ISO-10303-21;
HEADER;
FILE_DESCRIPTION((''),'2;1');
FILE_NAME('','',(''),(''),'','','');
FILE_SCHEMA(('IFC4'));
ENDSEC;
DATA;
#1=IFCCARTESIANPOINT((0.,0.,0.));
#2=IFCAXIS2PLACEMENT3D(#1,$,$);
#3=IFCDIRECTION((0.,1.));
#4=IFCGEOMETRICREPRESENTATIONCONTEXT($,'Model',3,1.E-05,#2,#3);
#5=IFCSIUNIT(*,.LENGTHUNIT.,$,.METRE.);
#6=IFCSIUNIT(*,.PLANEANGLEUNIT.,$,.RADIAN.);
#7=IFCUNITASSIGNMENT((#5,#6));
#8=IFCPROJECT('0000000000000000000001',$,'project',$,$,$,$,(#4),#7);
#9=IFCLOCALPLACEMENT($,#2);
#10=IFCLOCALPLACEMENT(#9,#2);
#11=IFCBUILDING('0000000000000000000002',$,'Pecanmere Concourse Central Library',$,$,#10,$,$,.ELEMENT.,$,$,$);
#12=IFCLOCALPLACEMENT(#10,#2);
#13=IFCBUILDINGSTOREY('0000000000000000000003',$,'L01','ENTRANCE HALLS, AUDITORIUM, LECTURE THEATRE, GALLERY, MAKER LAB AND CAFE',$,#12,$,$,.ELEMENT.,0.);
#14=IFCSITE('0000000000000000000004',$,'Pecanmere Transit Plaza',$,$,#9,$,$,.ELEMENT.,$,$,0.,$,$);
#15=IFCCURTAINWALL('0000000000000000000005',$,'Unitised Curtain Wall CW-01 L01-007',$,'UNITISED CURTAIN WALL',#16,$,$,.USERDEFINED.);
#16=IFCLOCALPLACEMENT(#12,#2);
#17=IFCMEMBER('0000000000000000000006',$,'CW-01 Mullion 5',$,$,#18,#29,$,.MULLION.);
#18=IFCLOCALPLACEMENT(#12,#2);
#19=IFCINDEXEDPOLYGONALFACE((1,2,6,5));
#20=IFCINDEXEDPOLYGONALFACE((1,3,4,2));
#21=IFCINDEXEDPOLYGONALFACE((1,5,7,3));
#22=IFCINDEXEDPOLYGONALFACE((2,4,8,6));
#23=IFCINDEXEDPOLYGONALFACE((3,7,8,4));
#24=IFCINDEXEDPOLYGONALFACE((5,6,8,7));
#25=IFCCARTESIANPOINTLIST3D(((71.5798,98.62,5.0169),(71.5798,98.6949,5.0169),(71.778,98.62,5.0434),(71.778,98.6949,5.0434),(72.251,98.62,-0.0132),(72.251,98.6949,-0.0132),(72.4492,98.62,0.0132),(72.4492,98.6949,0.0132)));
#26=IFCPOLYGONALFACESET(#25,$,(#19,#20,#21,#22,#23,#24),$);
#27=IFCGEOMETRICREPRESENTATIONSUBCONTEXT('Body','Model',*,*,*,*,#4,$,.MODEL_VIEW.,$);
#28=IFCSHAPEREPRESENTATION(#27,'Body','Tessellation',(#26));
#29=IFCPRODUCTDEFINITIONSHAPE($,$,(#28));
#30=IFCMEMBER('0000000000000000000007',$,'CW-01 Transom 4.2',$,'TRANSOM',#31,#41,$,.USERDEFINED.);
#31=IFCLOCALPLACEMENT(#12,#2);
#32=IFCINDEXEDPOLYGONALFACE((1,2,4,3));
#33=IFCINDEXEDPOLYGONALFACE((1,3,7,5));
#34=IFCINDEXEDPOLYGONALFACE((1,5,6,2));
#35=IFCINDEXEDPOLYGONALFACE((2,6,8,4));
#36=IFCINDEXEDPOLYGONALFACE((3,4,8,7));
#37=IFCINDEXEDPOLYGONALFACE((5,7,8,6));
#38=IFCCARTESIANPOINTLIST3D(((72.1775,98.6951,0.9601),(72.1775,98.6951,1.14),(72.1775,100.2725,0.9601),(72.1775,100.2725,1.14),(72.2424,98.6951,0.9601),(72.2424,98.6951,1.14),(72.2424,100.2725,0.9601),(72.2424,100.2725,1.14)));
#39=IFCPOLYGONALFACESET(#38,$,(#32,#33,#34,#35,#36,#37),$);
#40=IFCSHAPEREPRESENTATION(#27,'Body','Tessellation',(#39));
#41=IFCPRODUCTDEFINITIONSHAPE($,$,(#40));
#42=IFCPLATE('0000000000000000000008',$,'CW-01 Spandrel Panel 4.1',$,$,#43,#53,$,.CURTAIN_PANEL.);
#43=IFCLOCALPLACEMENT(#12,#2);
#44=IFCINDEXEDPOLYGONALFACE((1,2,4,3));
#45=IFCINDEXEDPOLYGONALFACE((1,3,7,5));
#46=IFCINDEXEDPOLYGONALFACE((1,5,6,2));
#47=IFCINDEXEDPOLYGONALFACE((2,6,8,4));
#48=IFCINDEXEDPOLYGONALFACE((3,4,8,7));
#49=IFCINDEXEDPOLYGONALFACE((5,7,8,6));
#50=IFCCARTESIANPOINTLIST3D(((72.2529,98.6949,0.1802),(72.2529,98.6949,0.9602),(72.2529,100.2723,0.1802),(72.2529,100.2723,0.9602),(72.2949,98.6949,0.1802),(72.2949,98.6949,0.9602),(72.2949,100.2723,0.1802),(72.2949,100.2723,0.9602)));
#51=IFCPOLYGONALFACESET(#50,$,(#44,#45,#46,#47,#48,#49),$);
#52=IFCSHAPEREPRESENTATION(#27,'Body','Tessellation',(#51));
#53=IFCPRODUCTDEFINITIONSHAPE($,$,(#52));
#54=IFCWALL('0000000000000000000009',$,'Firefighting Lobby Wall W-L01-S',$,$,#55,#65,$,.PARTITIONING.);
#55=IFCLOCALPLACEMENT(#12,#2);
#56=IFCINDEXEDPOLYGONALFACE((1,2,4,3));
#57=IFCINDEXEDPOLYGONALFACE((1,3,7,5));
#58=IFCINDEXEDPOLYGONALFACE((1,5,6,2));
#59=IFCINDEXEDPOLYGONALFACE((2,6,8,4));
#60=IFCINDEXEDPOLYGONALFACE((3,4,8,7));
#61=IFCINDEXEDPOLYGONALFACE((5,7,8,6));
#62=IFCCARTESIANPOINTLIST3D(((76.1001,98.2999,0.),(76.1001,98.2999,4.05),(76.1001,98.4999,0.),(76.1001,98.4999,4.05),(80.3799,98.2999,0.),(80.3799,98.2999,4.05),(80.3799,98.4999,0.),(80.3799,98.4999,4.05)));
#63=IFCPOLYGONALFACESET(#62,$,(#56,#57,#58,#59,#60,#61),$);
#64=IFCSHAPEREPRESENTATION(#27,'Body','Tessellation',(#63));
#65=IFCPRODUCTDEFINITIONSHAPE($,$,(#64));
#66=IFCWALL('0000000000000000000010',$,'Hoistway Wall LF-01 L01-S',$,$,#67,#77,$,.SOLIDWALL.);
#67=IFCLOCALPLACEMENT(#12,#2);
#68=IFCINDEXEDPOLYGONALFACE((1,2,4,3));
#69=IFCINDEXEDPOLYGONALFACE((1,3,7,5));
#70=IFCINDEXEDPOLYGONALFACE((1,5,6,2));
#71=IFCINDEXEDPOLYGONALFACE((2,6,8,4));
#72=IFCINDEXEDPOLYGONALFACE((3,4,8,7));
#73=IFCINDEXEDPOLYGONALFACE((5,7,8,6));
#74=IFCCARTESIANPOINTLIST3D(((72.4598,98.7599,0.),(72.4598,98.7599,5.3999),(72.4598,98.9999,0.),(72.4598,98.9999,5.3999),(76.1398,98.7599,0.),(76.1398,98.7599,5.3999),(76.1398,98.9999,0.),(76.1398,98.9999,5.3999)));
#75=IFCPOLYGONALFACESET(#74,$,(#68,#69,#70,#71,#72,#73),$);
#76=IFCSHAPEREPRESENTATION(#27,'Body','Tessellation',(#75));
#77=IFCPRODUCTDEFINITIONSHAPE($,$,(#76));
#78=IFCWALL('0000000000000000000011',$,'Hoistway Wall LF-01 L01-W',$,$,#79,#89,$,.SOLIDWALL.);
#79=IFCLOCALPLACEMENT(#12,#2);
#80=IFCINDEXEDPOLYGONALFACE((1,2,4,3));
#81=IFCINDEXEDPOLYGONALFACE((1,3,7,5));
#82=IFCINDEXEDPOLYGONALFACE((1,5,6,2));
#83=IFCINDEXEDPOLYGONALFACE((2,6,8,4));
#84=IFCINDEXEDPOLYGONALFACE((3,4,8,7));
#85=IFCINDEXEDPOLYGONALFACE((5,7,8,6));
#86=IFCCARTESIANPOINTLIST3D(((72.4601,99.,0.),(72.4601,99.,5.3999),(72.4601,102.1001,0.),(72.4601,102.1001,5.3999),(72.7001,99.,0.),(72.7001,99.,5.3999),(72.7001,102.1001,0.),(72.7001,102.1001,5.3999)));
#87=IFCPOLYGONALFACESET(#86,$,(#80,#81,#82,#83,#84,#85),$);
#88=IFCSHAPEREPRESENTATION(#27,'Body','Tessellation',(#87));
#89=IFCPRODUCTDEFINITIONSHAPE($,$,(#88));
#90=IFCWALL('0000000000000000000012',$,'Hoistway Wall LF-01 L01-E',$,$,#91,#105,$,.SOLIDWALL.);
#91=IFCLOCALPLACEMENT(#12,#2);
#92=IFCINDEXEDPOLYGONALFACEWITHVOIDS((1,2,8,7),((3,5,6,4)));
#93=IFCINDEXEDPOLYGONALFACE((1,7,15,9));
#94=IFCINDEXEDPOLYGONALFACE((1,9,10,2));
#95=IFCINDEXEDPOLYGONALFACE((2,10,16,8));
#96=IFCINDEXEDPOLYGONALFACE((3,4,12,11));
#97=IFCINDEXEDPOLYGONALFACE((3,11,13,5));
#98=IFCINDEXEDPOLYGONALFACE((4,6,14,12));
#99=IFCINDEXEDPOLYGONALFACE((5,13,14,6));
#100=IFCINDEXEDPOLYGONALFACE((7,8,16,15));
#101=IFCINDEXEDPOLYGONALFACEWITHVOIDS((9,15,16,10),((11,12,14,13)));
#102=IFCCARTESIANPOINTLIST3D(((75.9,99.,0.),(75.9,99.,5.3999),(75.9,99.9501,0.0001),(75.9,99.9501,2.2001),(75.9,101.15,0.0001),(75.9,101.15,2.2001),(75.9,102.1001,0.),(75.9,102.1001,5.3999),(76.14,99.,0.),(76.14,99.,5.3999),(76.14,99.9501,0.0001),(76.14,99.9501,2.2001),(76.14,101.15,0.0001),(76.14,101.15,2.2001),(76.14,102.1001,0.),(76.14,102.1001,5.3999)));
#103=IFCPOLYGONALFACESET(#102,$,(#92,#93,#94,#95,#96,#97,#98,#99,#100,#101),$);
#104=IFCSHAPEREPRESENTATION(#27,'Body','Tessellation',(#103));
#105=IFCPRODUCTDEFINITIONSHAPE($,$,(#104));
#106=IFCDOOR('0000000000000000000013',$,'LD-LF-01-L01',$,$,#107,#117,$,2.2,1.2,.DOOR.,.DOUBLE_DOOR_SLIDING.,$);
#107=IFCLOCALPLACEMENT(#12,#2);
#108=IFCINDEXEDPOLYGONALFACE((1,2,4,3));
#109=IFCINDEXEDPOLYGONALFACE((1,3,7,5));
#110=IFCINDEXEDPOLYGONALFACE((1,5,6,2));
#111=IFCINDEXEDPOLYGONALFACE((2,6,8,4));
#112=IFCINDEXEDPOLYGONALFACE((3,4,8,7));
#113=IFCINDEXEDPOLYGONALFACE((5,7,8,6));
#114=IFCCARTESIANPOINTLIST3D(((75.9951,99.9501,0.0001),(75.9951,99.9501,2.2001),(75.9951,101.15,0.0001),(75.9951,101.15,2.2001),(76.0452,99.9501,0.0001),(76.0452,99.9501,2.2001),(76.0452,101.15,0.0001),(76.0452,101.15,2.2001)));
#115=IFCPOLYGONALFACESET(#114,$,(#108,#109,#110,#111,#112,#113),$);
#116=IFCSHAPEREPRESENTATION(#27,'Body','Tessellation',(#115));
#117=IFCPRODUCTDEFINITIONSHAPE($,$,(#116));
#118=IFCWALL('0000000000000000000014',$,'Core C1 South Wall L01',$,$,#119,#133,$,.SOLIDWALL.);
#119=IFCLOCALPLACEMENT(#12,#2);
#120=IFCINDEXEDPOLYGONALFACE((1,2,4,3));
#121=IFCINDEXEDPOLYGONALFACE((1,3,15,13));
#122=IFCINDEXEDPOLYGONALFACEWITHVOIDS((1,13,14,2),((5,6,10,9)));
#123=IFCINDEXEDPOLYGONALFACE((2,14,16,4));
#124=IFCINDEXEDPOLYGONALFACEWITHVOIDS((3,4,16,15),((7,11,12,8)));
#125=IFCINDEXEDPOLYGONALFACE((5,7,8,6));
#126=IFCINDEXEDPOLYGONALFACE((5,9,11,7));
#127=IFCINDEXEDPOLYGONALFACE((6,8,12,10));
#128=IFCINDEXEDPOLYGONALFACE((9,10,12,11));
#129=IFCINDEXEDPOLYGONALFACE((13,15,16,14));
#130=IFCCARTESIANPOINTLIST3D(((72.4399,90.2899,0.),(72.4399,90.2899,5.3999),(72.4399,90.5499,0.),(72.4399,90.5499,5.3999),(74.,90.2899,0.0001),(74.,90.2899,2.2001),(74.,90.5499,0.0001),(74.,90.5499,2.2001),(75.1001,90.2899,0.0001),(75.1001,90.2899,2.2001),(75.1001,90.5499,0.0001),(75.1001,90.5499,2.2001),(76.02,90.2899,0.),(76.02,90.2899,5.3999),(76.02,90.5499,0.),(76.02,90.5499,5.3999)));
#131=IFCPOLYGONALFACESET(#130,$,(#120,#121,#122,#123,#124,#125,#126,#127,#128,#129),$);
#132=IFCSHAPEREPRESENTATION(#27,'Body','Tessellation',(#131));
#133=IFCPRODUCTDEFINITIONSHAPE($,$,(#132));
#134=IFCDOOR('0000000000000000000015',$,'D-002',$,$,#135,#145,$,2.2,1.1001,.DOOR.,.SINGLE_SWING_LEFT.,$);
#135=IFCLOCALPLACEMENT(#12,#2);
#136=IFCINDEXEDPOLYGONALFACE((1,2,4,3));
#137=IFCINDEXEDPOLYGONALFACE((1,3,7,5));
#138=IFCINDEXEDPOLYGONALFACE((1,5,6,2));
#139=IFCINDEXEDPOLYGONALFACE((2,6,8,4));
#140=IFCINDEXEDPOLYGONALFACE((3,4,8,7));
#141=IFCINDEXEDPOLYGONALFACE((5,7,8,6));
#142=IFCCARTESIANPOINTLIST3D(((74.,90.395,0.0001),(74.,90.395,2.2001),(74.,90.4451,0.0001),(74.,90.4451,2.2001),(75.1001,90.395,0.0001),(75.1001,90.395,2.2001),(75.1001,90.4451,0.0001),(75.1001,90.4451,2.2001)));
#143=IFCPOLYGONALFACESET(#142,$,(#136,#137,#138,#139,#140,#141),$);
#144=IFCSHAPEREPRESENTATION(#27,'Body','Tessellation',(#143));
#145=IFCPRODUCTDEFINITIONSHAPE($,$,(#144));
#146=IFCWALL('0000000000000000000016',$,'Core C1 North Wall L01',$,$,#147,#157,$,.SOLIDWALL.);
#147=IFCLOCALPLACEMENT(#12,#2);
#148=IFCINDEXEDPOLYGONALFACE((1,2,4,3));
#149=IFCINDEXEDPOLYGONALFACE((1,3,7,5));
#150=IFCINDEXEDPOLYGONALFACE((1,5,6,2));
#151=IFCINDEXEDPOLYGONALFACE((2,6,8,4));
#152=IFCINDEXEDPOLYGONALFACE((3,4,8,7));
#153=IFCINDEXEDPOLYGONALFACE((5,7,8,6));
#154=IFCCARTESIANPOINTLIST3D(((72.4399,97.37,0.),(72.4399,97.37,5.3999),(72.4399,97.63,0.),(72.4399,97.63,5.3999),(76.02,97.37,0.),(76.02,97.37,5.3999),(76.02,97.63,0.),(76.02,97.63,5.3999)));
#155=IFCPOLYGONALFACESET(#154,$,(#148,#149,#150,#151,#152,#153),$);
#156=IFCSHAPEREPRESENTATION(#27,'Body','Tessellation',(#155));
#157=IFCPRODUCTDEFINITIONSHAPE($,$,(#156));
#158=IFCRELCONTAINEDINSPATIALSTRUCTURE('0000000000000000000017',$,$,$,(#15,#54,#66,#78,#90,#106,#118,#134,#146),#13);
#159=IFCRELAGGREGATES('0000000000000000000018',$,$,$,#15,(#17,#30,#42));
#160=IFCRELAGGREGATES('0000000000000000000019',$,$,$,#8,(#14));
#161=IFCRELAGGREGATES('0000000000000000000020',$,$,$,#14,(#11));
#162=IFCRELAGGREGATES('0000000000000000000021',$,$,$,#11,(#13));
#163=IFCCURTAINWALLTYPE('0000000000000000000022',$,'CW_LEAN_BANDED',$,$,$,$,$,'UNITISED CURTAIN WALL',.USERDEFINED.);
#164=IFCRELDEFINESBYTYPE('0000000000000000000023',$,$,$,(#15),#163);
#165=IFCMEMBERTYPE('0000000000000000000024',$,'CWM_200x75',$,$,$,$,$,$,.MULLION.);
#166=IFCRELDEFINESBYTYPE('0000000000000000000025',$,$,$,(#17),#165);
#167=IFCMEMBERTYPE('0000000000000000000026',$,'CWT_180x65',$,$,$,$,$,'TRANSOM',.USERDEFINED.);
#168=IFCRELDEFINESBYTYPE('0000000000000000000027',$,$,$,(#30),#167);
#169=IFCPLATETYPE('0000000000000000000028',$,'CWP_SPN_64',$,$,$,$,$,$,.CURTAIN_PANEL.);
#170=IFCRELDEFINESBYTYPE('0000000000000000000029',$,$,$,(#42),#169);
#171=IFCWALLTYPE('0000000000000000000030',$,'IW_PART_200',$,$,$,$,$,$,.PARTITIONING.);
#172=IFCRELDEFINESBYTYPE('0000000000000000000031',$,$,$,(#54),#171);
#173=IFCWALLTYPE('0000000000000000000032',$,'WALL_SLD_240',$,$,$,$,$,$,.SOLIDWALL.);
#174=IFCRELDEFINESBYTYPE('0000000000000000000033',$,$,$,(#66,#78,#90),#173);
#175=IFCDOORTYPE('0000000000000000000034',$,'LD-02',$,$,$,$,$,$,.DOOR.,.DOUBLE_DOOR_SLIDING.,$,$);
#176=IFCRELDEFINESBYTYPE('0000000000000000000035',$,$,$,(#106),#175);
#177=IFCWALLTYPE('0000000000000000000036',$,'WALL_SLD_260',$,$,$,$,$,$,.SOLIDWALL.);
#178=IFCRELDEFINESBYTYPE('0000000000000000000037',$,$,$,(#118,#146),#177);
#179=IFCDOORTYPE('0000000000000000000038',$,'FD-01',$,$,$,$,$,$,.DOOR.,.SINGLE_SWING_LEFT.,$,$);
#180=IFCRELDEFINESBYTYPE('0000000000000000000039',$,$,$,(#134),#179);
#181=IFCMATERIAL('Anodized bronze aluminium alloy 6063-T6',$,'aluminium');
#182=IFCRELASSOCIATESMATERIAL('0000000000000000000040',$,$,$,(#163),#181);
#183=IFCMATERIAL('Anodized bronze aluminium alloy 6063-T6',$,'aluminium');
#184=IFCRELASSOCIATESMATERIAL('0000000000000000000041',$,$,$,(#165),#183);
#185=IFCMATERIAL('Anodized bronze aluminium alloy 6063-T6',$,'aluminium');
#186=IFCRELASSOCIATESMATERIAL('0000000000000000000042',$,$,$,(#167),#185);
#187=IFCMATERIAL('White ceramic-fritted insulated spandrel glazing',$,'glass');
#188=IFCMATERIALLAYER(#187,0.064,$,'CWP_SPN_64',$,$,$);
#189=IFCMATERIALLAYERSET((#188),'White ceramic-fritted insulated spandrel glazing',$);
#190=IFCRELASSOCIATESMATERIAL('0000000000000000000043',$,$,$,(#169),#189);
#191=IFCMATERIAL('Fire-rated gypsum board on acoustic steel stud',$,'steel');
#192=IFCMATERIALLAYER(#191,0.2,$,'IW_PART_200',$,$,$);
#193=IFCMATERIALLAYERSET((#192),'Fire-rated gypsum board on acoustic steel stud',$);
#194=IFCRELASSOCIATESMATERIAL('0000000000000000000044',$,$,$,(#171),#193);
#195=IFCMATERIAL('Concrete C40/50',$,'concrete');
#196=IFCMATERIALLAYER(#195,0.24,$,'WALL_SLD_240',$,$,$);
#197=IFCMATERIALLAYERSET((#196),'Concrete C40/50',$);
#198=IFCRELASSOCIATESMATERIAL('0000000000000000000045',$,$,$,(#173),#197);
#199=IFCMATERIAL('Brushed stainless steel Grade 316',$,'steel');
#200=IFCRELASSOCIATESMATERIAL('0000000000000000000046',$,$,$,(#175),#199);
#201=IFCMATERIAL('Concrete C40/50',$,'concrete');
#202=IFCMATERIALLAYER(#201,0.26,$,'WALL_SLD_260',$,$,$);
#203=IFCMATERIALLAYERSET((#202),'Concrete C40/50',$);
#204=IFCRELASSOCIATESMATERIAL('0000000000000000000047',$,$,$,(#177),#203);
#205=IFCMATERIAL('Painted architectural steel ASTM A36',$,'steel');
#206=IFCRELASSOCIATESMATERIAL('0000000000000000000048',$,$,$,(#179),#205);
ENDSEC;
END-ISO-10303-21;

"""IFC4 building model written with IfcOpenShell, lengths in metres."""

from ifc_helpers import new_model, si_unit, direction, frame, frame_2d, origin, origin_2d, place, context, subcontext, project, spatial, rectangle, extrude, material, layer, layer_set, material_profile, profile_set, type_object, element, fill, aggregate, save


model = new_model("IFC4")

# Units and contexts
model_context = context("Model", 3, precision=1e-05, world=origin(), true_north=direction((0.0, 1.0)))
body_context = subcontext(model_context, "Body", "Model", "MODEL_VIEW")
ifc_project = project(units=[si_unit("LENGTHUNIT", "METRE"), si_unit("PLANEANGLEUNIT", "RADIAN")], contexts=[model_context])

# Site, building, storey
site_placement = place(None, origin())
site = spatial("IfcSite", under=ifc_project, at=site_placement, Name="Pecanmere Transit Plaza", CompositionType="ELEMENT", RefElevation=0.0)
building_placement = place(site_placement, origin())
building = spatial("IfcBuilding", under=site, at=building_placement, Name="Pecanmere Concourse Central Library", CompositionType="ELEMENT")
storey_placement = place(building_placement, origin())
storey = spatial("IfcBuildingStorey", under=building, at=storey_placement, Name="L01", Description="ENTRANCE HALLS, AUDITORIUM, LECTURE THEATRE, GALLERY, MAKER LAB AND CAFE", CompositionType="ELEMENT", Elevation=0.0)

# Curtain wall, members, plate
ifc_material_1 = material(Name="Anodized bronze aluminium alloy 6063-T6", Category="aluminium")
curtain_wall_type = type_object("IfcCurtainWallType", Name="CW_LEAN_BANDED", ElementType="UNITISED CURTAIN WALL", PredefinedType="USERDEFINED", material=ifc_material_1)
curtain_wall_placement = place(storey_placement, origin())
curtain_wall = element("IfcCurtainWall", 1, at=curtain_wall_placement, inside=storey, type_object=curtain_wall_type, Name="Unitised Curtain Wall CW-01 L01-007", ObjectType="UNITISED CURTAIN WALL", PredefinedType="USERDEFINED")
ifc_material_2 = material(Name="Anodized bronze aluminium alloy 6063-T6", Category="aluminium")
ifc_material_profile_1 = material_profile(ifc_material_2, rectangle(XDim=0.075, YDim=0.2, at=origin_2d()), Name="AL 75x200")
ifc_profile_set_1 = profile_set([ifc_material_profile_1], Name="Anodized bronze aluminium alloy 6063-T6")
member_type_1 = type_object("IfcMemberType", Name="CWM_200x75", PredefinedType="MULLION", material=ifc_profile_set_1)
member_1_placement = place(storey_placement, frame((72.3501, 98.6575, 0.0), z_axis=(-0.132255, 0.0, 0.991216), x_axis=(0.0, -1.0, 0.0)))
member_1 = element("IfcMember", 2, at=member_1_placement, type_object=member_type_1, Name="CW-01 Mullion 5", PredefinedType="MULLION", context=body_context, shape_type="SweptSolid", body=[
    extrude(rectangle(XDim=0.075, YDim=0.2, at=origin_2d()), origin(), (0.0, 0.0, 1.0), 5.0747),
])
ifc_material_3 = material(Name="Anodized bronze aluminium alloy 6063-T6", Category="aluminium")
ifc_material_profile_2 = material_profile(ifc_material_3, rectangle(XDim=0.0649, YDim=0.1799, at=origin_2d()), Name="AL 65x180")
ifc_profile_set_2 = profile_set([ifc_material_profile_2], Name="Anodized bronze aluminium alloy 6063-T6")
member_type_2 = type_object("IfcMemberType", Name="CWT_180x65", ElementType="TRANSOM", PredefinedType="USERDEFINED", material=ifc_profile_set_2)
member_2_placement = place(storey_placement, frame((72.21, 100.2725, 1.05), z_axis=(0.0, -1.0, 0.0), x_axis=(1.0, 0.0, 0.0)))
member_2 = element("IfcMember", 3, at=member_2_placement, type_object=member_type_2, Name="CW-01 Transom 4.2", ObjectType="TRANSOM", PredefinedType="USERDEFINED", context=body_context, shape_type="SweptSolid", body=[
    extrude(rectangle(XDim=0.0649, YDim=0.1799, at=origin_2d()), origin(), (0.0, 0.0, 1.0), 1.5774),
])
ifc_material_4 = material(Name="White ceramic-fritted insulated spandrel glazing", Category="glass")
ifc_layer_1 = layer(ifc_material_4, 0.064, Name="CWP_SPN_64")
ifc_layer_set_1 = layer_set([ifc_layer_1], Name="White ceramic-fritted insulated spandrel glazing")
plate_type = type_object("IfcPlateType", Name="CWP_SPN_64", PredefinedType="CURTAIN_PANEL", material=ifc_layer_set_1)
plate_placement = place(storey_placement, frame((72.2739, 99.4836, 0.1802), z_axis=(0.0, 0.0, 1.0), x_axis=(0.0, -1.0, 0.0)))
plate = element("IfcPlate", 4, at=plate_placement, type_object=plate_type, Name="CW-01 Spandrel Panel 4.1", PredefinedType="CURTAIN_PANEL", context=body_context, shape_type="SweptSolid", body=[
    extrude(rectangle(XDim=1.5774, YDim=0.042, at=origin_2d()), origin(), (0.0, 0.0, 1.0), 0.78),
])
aggregate(curtain_wall, [member_1, member_2, plate])

# Walls
ifc_material_5 = material(Name="Fire-rated gypsum board on acoustic steel stud", Category="steel")
ifc_layer_2 = layer(ifc_material_5, 0.2, Name="IW_PART_200")
ifc_layer_set_2 = layer_set([ifc_layer_2], Name="Fire-rated gypsum board on acoustic steel stud")
wall_type_1 = type_object("IfcWallType", Name="IW_PART_200", PredefinedType="PARTITIONING", material=ifc_layer_set_2)
wall_1_placement = place(storey_placement, frame((76.1001, 98.3999, 0.0), z_axis=(0.0, 0.0, 1.0), x_axis=(1.0, 0.0, 0.0)))
element("IfcWall", 5, at=wall_1_placement, inside=storey, type_object=wall_type_1, Name="Firefighting Lobby Wall W-L01-S", PredefinedType="PARTITIONING", context=body_context, shape_type="SweptSolid", body=[
    extrude(rectangle(XDim=4.2798, YDim=0.2, at=frame_2d((2.1399, 0.0))), origin(), (0.0, 0.0, 1.0), 4.05),
])
ifc_material_6 = material(Name="Concrete C40/50", Category="concrete")
ifc_layer_3 = layer(ifc_material_6, 0.24, Name="WALL_SLD_240")
ifc_layer_set_3 = layer_set([ifc_layer_3], Name="Concrete C40/50")
wall_type_2 = type_object("IfcWallType", Name="WALL_SLD_240", PredefinedType="SOLIDWALL", material=ifc_layer_set_3)
wall_2_placement = place(storey_placement, frame((72.46, 98.8799, 0.0), z_axis=(0.0, 0.0, 1.0), x_axis=(1.0, 0.0, 0.0)))
element("IfcWall", 6, at=wall_2_placement, inside=storey, type_object=wall_type_2, Name="Hoistway Wall LF-01 L01-S", PredefinedType="SOLIDWALL", context=body_context, shape_type="SweptSolid", body=[
    extrude(rectangle(XDim=3.6799, YDim=0.24, at=frame_2d((1.8398, 0.0))), origin(), (0.0, 0.0, 1.0), 5.3999),
])
wall_3_placement = place(storey_placement, frame((72.5801, 99.0, 0.0), z_axis=(0.0, 0.0, 1.0), x_axis=(0.0, 1.0, 0.0)))
element("IfcWall", 7, at=wall_3_placement, inside=storey, type_object=wall_type_2, Name="Hoistway Wall LF-01 L01-W", PredefinedType="SOLIDWALL", context=body_context, shape_type="SweptSolid", body=[
    extrude(rectangle(XDim=3.1001, YDim=0.24, at=frame_2d((1.55, 0.0))), origin(), (0.0, 0.0, 1.0), 5.3999),
])

# Walls, openings, doors
wall_4_placement = place(storey_placement, frame((76.02, 99.0, 0.0), z_axis=(0.0, 0.0, 1.0), x_axis=(0.0, 1.0, 0.0)))
wall_4 = element("IfcWall", 8, at=wall_4_placement, inside=storey, type_object=wall_type_2, Name="Hoistway Wall LF-01 L01-E", PredefinedType="SOLIDWALL", context=body_context, shape_type="SweptSolid", body=[
    extrude(rectangle(XDim=3.1001, YDim=0.24, at=frame_2d((1.55, 0.0))), origin(), (0.0, 0.0, 1.0), 5.3999),
])
opening_1_placement = place(wall_4_placement, frame((0.95, 0.0, 0.0)))
opening_1 = element("IfcOpeningElement", 9, at=opening_1_placement, cuts=wall_4, PredefinedType="OPENING", context=body_context, shape_type="SweptSolid", body=[
    extrude(rectangle(XDim=1.2, YDim=2.2, at=frame_2d((0.6001, 1.1001))), frame((0.0, 0.1318, 0.0), z_axis=(0.0, -1.0, 0.0), x_axis=(1.0, 0.0, 0.0)), (0.0, 0.0, 1.0), 0.2639),
])
ifc_material_7 = material(Name="Brushed stainless steel Grade 316", Category="steel")
door_type_1 = type_object("IfcDoorType", Name="LD-02", OperationType="DOUBLE_DOOR_SLIDING", PredefinedType="DOOR", material=ifc_material_7)
door_1_placement = place(opening_1_placement, origin())
door_1 = element("IfcDoor", 10, at=door_1_placement, inside=storey, type_object=door_type_1, Name="LD-LF-01-L01", OperationType="DOUBLE_DOOR_SLIDING", OverallHeight=2.2, OverallWidth=1.2, PredefinedType="DOOR", context=body_context, shape_type="SweptSolid", body=[
    extrude(rectangle(XDim=1.2, YDim=2.2, at=frame_2d((0.6001, 1.1001))), frame((0.0, 0.0249, 0.0), z_axis=(0.0, -1.0, 0.0), x_axis=(1.0, 0.0, 0.0)), (0.0, 0.0, 1.0), 0.05),
])
fill(opening_1, door_1)
ifc_material_8 = material(Name="Concrete C40/50", Category="concrete")
ifc_layer_4 = layer(ifc_material_8, 0.26, Name="WALL_SLD_260")
ifc_layer_set_4 = layer_set([ifc_layer_4], Name="Concrete C40/50")
wall_type_3 = type_object("IfcWallType", Name="WALL_SLD_260", PredefinedType="SOLIDWALL", material=ifc_layer_set_4)
wall_5_placement = place(storey_placement, frame((72.4399, 90.4199, 0.0), z_axis=(0.0, 0.0, 1.0), x_axis=(1.0, 0.0, 0.0)))
wall_5 = element("IfcWall", 11, at=wall_5_placement, inside=storey, type_object=wall_type_3, Name="Core C1 South Wall L01", PredefinedType="SOLIDWALL", context=body_context, shape_type="SweptSolid", body=[
    extrude(rectangle(XDim=3.5801, YDim=0.26, at=frame_2d((1.79, 0.0))), origin(), (0.0, 0.0, 1.0), 5.3999),
])
opening_2_placement = place(wall_5_placement, frame((1.5601, 0.0, 0.0)))
opening_2 = element("IfcOpeningElement", 12, at=opening_2_placement, cuts=wall_5, PredefinedType="OPENING", context=body_context, shape_type="SweptSolid", body=[
    extrude(rectangle(XDim=1.1001, YDim=2.2, at=frame_2d((0.55, 1.1001))), frame((0.0, 0.1421, 0.0), z_axis=(0.0, -1.0, 0.0), x_axis=(1.0, 0.0, 0.0)), (0.0, 0.0, 1.0), 0.2839),
])
ifc_material_9 = material(Name="Painted architectural steel ASTM A36", Category="steel")
door_type_2 = type_object("IfcDoorType", Name="FD-01", OperationType="SINGLE_SWING_LEFT", PredefinedType="DOOR", material=ifc_material_9)
door_2_placement = place(opening_2_placement, frame((1.1001, 0.0, 0.0), z_axis=(0.0, 0.0, 1.0), x_axis=(-1.0, 0.0, 0.0)))
door_2 = element("IfcDoor", 13, at=door_2_placement, inside=storey, type_object=door_type_2, Name="D-002", OperationType="SINGLE_SWING_LEFT", OverallHeight=2.2, OverallWidth=1.1001, PredefinedType="DOOR", context=body_context, shape_type="SweptSolid", body=[
    extrude(rectangle(XDim=1.1001, YDim=2.2, at=frame_2d((0.55, 1.1001))), frame((0.0, 0.0249, 0.0), z_axis=(0.0, -1.0, 0.0), x_axis=(1.0, 0.0, 0.0)), (0.0, 0.0, 1.0), 0.05),
])
fill(opening_2, door_2)

# Wall
wall_6_placement = place(storey_placement, frame((72.4399, 97.5, 0.0), z_axis=(0.0, 0.0, 1.0), x_axis=(1.0, 0.0, 0.0)))
element("IfcWall", 14, at=wall_6_placement, inside=storey, type_object=wall_type_3, Name="Core C1 North Wall L01", PredefinedType="SOLIDWALL", context=body_context, shape_type="SweptSolid", body=[
    extrude(rectangle(XDim=3.5801, YDim=0.26, at=frame_2d((1.79, 0.0))), origin(), (0.0, 0.0, 1.0), 5.3999),
])

save(model, "model.ifc")
